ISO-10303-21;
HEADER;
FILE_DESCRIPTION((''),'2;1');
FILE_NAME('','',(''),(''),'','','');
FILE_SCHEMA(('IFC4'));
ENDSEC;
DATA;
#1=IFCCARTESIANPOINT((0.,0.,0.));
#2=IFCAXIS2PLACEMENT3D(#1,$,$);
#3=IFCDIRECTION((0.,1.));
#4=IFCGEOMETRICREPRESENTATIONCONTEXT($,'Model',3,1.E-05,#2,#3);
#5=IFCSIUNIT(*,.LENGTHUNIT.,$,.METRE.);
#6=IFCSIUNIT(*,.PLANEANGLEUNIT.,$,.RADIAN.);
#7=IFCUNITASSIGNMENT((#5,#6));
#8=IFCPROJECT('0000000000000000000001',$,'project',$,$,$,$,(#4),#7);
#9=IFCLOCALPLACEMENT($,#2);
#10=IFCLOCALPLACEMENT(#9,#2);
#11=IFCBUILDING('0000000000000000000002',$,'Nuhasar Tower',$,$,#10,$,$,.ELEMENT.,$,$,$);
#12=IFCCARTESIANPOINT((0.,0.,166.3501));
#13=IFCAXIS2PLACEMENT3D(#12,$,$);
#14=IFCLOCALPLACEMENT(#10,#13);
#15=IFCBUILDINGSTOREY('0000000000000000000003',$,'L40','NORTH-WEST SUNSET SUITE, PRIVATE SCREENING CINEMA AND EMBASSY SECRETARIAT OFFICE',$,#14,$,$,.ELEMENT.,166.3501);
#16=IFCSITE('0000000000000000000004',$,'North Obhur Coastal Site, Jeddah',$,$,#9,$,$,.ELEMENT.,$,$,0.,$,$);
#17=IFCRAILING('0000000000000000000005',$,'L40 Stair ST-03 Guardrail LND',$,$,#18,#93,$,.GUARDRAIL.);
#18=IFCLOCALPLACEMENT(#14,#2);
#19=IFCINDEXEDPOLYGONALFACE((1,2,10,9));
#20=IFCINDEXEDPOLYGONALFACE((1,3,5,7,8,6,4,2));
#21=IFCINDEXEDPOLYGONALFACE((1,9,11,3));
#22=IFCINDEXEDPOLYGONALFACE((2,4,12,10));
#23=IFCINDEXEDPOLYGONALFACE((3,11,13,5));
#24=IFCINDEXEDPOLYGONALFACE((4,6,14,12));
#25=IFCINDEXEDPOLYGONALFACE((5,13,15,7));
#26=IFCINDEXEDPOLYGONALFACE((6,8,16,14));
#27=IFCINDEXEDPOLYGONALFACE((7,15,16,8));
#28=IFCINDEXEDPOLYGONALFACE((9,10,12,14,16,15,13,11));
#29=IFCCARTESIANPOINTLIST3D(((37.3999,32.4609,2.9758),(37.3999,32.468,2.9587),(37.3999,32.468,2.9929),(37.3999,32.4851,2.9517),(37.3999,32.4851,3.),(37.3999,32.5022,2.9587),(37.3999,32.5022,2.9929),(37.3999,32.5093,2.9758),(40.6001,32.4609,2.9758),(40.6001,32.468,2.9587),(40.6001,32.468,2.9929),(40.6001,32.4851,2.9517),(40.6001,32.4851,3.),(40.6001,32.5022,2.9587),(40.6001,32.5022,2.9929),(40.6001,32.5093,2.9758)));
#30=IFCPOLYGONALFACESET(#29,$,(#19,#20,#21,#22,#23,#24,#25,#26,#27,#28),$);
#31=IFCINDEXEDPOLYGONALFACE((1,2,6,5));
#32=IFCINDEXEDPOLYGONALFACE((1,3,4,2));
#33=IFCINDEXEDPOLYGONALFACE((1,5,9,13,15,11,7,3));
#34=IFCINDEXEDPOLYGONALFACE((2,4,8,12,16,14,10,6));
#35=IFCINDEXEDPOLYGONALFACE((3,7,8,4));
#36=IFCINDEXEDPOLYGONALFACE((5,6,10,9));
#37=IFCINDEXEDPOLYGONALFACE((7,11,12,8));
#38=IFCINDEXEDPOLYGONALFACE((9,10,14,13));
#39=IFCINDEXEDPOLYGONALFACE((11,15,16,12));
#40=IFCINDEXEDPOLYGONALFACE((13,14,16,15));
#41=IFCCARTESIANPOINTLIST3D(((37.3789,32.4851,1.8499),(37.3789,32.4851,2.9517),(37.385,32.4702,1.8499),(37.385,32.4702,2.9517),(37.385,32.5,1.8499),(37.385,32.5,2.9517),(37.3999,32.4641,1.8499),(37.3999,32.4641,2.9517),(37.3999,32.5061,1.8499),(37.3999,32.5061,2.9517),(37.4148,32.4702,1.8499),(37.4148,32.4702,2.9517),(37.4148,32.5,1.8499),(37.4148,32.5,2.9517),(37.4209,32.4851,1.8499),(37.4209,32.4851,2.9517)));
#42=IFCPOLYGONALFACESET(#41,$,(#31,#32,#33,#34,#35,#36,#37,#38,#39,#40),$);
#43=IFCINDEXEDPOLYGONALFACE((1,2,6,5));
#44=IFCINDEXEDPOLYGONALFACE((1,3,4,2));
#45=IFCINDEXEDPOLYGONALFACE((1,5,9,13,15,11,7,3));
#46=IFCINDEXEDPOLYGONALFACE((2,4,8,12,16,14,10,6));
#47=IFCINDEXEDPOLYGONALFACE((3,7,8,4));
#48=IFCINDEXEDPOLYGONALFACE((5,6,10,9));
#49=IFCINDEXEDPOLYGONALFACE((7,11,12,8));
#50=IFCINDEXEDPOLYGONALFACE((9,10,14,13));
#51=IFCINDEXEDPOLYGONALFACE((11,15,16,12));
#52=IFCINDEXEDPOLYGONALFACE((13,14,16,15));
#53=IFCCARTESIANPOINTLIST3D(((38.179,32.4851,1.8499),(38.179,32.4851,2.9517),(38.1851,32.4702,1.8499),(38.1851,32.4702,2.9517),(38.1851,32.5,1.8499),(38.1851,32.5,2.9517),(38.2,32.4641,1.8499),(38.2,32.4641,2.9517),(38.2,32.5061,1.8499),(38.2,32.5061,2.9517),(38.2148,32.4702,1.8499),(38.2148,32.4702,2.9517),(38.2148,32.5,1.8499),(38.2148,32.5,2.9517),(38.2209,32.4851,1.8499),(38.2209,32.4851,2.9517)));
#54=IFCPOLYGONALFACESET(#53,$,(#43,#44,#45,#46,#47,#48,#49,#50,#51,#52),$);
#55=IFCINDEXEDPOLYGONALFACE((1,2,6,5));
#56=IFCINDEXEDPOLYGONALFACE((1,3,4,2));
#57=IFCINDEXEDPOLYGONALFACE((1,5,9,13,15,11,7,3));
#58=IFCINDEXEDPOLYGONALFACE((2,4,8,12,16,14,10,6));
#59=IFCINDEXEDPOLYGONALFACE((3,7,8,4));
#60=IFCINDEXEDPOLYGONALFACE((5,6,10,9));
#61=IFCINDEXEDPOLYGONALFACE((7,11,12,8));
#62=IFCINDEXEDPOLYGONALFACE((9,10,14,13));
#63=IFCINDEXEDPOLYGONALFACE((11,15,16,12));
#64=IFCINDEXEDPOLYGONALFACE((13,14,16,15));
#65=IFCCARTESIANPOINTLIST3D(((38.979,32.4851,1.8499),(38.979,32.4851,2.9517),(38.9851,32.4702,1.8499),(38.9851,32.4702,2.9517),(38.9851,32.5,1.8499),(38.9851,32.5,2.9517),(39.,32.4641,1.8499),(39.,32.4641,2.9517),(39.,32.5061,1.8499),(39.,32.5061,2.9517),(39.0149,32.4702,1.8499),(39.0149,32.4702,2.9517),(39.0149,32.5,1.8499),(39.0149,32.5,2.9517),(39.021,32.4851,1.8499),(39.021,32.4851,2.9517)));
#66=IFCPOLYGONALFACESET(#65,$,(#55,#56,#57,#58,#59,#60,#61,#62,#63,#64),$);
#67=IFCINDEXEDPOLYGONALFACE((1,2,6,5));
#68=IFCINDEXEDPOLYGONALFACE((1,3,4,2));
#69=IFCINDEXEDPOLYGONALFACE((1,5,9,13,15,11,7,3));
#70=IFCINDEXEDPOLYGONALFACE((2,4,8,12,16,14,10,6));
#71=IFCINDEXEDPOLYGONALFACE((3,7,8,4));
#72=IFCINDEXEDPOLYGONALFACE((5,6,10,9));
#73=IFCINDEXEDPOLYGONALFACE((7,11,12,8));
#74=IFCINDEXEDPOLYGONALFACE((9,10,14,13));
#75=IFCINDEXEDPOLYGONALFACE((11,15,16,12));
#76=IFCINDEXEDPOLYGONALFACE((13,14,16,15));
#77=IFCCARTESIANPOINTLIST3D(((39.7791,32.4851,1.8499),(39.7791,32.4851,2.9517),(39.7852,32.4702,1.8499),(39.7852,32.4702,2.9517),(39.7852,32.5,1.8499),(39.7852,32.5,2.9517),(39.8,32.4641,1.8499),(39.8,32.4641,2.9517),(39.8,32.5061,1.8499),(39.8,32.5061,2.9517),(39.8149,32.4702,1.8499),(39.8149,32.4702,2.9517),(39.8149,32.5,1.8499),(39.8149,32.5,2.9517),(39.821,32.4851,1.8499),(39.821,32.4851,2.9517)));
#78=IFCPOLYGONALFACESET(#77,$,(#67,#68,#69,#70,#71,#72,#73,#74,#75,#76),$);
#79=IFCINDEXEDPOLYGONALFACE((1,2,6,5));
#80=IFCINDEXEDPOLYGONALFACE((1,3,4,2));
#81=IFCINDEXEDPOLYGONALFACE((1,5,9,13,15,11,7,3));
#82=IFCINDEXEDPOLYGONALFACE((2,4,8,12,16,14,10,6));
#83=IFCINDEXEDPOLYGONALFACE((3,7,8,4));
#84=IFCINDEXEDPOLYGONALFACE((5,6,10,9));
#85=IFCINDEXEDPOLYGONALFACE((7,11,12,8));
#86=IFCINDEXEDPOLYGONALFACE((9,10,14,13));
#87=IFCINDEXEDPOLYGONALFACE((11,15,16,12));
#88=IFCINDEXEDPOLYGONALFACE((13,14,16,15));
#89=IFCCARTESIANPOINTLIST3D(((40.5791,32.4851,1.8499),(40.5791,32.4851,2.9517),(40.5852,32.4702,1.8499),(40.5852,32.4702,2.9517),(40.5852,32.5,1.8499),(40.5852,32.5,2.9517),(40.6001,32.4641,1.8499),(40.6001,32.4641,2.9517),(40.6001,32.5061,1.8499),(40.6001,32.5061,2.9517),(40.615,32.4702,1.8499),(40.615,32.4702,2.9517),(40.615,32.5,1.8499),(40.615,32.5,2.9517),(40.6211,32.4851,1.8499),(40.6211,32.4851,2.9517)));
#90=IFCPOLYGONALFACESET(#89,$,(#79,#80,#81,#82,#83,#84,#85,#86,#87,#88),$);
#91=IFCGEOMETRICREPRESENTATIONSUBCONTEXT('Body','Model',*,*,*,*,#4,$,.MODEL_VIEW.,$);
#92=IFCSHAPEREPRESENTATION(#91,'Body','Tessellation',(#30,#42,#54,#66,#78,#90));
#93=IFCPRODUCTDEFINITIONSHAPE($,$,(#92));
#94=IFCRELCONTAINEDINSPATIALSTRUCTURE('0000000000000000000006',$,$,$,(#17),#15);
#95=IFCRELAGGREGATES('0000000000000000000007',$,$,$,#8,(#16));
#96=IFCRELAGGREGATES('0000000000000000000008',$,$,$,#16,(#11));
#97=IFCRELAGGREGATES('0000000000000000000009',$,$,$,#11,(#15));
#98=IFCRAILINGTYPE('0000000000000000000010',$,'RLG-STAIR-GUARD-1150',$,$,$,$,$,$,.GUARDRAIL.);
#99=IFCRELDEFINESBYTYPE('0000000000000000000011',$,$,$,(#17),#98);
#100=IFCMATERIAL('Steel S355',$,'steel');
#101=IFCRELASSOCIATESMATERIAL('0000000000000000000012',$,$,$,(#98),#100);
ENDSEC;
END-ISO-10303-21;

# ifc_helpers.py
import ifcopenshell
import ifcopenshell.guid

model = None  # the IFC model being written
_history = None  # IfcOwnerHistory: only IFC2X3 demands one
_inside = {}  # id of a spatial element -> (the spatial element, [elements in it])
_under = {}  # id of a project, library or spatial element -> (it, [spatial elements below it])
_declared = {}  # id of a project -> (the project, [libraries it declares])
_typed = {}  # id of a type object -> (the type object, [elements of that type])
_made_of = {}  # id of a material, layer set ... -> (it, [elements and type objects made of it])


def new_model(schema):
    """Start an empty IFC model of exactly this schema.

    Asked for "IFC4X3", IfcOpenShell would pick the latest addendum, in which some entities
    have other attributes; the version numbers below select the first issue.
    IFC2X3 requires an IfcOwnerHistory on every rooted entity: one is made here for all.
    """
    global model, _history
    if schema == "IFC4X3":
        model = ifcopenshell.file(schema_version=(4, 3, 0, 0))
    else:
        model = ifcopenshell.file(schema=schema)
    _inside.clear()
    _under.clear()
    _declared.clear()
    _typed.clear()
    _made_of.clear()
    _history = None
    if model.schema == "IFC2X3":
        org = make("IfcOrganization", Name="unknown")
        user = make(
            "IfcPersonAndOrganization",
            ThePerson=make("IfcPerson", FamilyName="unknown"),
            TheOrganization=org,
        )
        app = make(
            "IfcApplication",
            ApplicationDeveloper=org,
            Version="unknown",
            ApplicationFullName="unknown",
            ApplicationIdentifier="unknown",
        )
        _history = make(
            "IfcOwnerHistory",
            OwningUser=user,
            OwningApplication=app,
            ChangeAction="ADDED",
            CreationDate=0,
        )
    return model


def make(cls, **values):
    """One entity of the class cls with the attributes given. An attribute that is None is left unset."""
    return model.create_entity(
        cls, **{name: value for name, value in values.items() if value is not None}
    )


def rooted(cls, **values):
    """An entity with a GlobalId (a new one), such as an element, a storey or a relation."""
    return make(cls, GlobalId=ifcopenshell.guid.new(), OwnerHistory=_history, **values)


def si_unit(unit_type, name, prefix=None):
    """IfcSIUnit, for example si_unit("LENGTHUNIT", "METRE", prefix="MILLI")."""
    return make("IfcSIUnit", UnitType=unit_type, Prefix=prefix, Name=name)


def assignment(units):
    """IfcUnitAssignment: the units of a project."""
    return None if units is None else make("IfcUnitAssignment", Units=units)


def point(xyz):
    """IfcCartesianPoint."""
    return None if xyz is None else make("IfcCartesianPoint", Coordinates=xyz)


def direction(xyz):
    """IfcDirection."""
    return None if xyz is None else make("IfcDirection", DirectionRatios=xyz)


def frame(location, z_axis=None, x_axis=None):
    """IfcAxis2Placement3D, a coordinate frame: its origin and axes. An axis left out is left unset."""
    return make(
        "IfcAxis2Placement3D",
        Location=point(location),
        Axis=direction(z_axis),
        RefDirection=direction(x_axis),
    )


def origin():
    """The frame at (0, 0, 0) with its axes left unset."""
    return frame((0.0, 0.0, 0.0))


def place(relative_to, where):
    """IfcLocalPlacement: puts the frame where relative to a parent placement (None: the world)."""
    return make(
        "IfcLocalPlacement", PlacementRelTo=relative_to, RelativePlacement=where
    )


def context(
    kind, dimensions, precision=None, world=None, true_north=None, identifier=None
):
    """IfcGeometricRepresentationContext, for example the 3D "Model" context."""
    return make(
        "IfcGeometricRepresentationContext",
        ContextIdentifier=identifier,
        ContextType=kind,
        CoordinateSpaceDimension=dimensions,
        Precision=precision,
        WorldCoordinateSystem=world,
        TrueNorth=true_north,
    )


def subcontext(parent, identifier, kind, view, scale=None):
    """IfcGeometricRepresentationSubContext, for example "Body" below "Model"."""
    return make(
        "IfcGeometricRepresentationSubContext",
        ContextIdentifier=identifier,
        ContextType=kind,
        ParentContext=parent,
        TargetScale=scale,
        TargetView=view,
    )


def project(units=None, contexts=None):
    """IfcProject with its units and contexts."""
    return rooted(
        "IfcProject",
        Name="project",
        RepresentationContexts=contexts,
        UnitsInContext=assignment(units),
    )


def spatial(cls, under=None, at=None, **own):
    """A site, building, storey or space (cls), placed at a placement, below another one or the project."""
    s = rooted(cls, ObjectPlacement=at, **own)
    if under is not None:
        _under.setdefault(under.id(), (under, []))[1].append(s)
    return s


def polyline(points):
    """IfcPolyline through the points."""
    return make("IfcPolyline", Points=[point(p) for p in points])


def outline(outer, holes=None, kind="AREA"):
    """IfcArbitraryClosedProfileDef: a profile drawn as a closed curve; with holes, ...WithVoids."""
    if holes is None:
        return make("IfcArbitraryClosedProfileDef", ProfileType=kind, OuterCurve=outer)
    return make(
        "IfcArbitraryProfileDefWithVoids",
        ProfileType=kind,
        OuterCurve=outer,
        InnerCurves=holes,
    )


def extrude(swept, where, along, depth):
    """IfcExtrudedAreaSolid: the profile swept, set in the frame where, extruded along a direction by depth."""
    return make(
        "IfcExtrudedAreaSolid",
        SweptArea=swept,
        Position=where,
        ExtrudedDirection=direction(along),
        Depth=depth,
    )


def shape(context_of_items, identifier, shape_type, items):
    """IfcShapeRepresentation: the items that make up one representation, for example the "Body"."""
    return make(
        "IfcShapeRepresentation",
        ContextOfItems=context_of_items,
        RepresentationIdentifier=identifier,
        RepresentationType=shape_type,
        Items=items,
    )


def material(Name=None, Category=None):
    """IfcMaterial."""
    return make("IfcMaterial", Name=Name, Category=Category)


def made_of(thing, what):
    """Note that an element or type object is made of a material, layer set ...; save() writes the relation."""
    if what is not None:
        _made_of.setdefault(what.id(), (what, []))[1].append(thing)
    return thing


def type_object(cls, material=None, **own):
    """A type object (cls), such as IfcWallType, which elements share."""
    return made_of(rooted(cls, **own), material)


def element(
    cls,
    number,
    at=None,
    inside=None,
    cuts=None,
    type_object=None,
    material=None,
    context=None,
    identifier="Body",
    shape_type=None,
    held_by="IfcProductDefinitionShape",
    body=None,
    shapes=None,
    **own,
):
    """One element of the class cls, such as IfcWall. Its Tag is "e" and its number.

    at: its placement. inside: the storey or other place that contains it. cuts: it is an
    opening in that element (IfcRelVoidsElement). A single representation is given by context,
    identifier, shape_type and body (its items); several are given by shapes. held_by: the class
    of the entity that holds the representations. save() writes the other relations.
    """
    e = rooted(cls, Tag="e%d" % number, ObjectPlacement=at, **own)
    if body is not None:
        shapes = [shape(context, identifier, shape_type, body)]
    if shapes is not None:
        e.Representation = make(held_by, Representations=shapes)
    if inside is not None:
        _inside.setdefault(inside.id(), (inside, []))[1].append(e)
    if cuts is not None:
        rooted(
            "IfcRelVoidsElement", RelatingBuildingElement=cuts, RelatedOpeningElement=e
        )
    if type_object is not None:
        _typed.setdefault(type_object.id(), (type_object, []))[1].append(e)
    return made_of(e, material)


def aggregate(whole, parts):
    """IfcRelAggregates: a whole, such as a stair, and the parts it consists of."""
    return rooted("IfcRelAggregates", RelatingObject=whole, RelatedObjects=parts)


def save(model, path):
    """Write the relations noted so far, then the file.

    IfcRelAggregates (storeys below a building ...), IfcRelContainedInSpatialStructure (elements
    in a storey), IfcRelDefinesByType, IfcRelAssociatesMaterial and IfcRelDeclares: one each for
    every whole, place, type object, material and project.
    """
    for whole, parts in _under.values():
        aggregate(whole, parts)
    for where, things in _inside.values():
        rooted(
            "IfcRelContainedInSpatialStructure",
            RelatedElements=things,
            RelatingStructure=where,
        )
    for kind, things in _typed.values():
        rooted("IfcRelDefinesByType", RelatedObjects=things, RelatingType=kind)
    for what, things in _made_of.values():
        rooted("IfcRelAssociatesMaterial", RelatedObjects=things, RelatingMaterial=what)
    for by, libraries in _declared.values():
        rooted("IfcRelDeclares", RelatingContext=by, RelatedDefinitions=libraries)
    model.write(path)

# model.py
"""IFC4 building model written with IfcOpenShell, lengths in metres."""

from ifc_helpers import new_model, si_unit, direction, frame, origin, place, context, subcontext, project, spatial, polyline, outline, extrude, material, type_object, element, save


model = new_model("IFC4")

# Units and contexts
model_context = context("Model", 3, precision=1e-05, world=origin(), true_north=direction((0.0, 1.0)))
body_context = subcontext(model_context, "Body", "Model", "MODEL_VIEW")
ifc_project = project(units=[si_unit("LENGTHUNIT", "METRE"), si_unit("PLANEANGLEUNIT", "RADIAN")], contexts=[model_context])

# Site, building, storey
site_placement = place(None, origin())
site = spatial("IfcSite", under=ifc_project, at=site_placement, Name="North Obhur Coastal Site, Jeddah", CompositionType="ELEMENT", RefElevation=0.0)
building_placement = place(site_placement, origin())
building = spatial("IfcBuilding", under=site, at=building_placement, Name="Nuhasar Tower", CompositionType="ELEMENT")
storey_placement = place(building_placement, frame((0.0, 0.0, 166.3501)))
storey = spatial("IfcBuildingStorey", under=building, at=storey_placement, Name="L40", Description="NORTH-WEST SUNSET SUITE, PRIVATE SCREENING CINEMA AND EMBASSY SECRETARIAT OFFICE", CompositionType="ELEMENT", Elevation=166.3501)

# Shared definitions
ifc_material_1 = material(Name="Steel S355", Category="steel")

# Railing
railing_type_1 = type_object("IfcRailingType", Name="RLG-STAIR-GUARD-1150", PredefinedType="GUARDRAIL", material=ifc_material_1)
railing_1_placement = place(storey_placement, frame((37.3999, 32.4851, 1.8499)))
element("IfcRailing", 1, at=railing_1_placement, inside=storey, type_object=railing_type_1, Name="L40 Stair ST-03 Guardrail LND", PredefinedType="GUARDRAIL", context=body_context, shape_type="SweptSolid", body=[
    extrude(outline(polyline([(0.0242, 0.0), (0.0171, 0.0171), (0.0, 0.0242), (-0.0171, 0.0171), (-0.0242, 0.0), (-0.0171, -0.0171), (0.0, -0.0242), (0.0171, -0.0171), (0.0242, 0.0)])), frame((0.0, 0.0, 1.126), z_axis=(1.0, 0.0, 0.0), x_axis=(0.0, 1.0, 0.0)), (0.0, 0.0, 1.0), 3.2002),
    extrude(outline(polyline([(0.021, 0.0), (0.0149, 0.0149), (0.0, 0.021), (-0.0149, 0.0149), (-0.021, 0.0), (-0.0149, -0.0149), (0.0, -0.021), (0.0149, -0.0149), (0.021, 0.0)])), origin(), (0.0, 0.0, 1.0), 1.1018),
    extrude(outline(polyline([(0.021, 0.0), (0.0149, 0.0149), (0.0, 0.021), (-0.0149, 0.0149), (-0.021, 0.0), (-0.0149, -0.0149), (0.0, -0.021), (0.0149, -0.0149), (0.021, 0.0)])), frame((0.8, 0.0, 0.0)), (0.0, 0.0, 1.0), 1.1018),
    extrude(outline(polyline([(0.021, 0.0), (0.0149, 0.0149), (0.0, 0.021), (-0.0149, 0.0149), (-0.021, 0.0), (-0.0149, -0.0149), (0.0, -0.021), (0.0149, -0.0149), (0.021, 0.0)])), frame((1.6001, 0.0, 0.0)), (0.0, 0.0, 1.0), 1.1018),
    extrude(outline(polyline([(0.021, 0.0), (0.0149, 0.0149), (0.0, 0.021), (-0.0149, 0.0149), (-0.021, 0.0), (-0.0149, -0.0149), (0.0, -0.021), (0.0149, -0.0149), (0.021, 0.0)])), frame((2.4001, 0.0, 0.0)), (0.0, 0.0, 1.0), 1.1018),
    extrude(outline(polyline([(0.021, 0.0), (0.0149, 0.0149), (0.0, 0.021), (-0.0149, 0.0149), (-0.021, 0.0), (-0.0149, -0.0149), (0.0, -0.021), (0.0149, -0.0149), (0.021, 0.0)])), frame((3.2002, 0.0, 0.0)), (0.0, 0.0, 1.0), 1.1018),
])

save(model, "model.ifc")
